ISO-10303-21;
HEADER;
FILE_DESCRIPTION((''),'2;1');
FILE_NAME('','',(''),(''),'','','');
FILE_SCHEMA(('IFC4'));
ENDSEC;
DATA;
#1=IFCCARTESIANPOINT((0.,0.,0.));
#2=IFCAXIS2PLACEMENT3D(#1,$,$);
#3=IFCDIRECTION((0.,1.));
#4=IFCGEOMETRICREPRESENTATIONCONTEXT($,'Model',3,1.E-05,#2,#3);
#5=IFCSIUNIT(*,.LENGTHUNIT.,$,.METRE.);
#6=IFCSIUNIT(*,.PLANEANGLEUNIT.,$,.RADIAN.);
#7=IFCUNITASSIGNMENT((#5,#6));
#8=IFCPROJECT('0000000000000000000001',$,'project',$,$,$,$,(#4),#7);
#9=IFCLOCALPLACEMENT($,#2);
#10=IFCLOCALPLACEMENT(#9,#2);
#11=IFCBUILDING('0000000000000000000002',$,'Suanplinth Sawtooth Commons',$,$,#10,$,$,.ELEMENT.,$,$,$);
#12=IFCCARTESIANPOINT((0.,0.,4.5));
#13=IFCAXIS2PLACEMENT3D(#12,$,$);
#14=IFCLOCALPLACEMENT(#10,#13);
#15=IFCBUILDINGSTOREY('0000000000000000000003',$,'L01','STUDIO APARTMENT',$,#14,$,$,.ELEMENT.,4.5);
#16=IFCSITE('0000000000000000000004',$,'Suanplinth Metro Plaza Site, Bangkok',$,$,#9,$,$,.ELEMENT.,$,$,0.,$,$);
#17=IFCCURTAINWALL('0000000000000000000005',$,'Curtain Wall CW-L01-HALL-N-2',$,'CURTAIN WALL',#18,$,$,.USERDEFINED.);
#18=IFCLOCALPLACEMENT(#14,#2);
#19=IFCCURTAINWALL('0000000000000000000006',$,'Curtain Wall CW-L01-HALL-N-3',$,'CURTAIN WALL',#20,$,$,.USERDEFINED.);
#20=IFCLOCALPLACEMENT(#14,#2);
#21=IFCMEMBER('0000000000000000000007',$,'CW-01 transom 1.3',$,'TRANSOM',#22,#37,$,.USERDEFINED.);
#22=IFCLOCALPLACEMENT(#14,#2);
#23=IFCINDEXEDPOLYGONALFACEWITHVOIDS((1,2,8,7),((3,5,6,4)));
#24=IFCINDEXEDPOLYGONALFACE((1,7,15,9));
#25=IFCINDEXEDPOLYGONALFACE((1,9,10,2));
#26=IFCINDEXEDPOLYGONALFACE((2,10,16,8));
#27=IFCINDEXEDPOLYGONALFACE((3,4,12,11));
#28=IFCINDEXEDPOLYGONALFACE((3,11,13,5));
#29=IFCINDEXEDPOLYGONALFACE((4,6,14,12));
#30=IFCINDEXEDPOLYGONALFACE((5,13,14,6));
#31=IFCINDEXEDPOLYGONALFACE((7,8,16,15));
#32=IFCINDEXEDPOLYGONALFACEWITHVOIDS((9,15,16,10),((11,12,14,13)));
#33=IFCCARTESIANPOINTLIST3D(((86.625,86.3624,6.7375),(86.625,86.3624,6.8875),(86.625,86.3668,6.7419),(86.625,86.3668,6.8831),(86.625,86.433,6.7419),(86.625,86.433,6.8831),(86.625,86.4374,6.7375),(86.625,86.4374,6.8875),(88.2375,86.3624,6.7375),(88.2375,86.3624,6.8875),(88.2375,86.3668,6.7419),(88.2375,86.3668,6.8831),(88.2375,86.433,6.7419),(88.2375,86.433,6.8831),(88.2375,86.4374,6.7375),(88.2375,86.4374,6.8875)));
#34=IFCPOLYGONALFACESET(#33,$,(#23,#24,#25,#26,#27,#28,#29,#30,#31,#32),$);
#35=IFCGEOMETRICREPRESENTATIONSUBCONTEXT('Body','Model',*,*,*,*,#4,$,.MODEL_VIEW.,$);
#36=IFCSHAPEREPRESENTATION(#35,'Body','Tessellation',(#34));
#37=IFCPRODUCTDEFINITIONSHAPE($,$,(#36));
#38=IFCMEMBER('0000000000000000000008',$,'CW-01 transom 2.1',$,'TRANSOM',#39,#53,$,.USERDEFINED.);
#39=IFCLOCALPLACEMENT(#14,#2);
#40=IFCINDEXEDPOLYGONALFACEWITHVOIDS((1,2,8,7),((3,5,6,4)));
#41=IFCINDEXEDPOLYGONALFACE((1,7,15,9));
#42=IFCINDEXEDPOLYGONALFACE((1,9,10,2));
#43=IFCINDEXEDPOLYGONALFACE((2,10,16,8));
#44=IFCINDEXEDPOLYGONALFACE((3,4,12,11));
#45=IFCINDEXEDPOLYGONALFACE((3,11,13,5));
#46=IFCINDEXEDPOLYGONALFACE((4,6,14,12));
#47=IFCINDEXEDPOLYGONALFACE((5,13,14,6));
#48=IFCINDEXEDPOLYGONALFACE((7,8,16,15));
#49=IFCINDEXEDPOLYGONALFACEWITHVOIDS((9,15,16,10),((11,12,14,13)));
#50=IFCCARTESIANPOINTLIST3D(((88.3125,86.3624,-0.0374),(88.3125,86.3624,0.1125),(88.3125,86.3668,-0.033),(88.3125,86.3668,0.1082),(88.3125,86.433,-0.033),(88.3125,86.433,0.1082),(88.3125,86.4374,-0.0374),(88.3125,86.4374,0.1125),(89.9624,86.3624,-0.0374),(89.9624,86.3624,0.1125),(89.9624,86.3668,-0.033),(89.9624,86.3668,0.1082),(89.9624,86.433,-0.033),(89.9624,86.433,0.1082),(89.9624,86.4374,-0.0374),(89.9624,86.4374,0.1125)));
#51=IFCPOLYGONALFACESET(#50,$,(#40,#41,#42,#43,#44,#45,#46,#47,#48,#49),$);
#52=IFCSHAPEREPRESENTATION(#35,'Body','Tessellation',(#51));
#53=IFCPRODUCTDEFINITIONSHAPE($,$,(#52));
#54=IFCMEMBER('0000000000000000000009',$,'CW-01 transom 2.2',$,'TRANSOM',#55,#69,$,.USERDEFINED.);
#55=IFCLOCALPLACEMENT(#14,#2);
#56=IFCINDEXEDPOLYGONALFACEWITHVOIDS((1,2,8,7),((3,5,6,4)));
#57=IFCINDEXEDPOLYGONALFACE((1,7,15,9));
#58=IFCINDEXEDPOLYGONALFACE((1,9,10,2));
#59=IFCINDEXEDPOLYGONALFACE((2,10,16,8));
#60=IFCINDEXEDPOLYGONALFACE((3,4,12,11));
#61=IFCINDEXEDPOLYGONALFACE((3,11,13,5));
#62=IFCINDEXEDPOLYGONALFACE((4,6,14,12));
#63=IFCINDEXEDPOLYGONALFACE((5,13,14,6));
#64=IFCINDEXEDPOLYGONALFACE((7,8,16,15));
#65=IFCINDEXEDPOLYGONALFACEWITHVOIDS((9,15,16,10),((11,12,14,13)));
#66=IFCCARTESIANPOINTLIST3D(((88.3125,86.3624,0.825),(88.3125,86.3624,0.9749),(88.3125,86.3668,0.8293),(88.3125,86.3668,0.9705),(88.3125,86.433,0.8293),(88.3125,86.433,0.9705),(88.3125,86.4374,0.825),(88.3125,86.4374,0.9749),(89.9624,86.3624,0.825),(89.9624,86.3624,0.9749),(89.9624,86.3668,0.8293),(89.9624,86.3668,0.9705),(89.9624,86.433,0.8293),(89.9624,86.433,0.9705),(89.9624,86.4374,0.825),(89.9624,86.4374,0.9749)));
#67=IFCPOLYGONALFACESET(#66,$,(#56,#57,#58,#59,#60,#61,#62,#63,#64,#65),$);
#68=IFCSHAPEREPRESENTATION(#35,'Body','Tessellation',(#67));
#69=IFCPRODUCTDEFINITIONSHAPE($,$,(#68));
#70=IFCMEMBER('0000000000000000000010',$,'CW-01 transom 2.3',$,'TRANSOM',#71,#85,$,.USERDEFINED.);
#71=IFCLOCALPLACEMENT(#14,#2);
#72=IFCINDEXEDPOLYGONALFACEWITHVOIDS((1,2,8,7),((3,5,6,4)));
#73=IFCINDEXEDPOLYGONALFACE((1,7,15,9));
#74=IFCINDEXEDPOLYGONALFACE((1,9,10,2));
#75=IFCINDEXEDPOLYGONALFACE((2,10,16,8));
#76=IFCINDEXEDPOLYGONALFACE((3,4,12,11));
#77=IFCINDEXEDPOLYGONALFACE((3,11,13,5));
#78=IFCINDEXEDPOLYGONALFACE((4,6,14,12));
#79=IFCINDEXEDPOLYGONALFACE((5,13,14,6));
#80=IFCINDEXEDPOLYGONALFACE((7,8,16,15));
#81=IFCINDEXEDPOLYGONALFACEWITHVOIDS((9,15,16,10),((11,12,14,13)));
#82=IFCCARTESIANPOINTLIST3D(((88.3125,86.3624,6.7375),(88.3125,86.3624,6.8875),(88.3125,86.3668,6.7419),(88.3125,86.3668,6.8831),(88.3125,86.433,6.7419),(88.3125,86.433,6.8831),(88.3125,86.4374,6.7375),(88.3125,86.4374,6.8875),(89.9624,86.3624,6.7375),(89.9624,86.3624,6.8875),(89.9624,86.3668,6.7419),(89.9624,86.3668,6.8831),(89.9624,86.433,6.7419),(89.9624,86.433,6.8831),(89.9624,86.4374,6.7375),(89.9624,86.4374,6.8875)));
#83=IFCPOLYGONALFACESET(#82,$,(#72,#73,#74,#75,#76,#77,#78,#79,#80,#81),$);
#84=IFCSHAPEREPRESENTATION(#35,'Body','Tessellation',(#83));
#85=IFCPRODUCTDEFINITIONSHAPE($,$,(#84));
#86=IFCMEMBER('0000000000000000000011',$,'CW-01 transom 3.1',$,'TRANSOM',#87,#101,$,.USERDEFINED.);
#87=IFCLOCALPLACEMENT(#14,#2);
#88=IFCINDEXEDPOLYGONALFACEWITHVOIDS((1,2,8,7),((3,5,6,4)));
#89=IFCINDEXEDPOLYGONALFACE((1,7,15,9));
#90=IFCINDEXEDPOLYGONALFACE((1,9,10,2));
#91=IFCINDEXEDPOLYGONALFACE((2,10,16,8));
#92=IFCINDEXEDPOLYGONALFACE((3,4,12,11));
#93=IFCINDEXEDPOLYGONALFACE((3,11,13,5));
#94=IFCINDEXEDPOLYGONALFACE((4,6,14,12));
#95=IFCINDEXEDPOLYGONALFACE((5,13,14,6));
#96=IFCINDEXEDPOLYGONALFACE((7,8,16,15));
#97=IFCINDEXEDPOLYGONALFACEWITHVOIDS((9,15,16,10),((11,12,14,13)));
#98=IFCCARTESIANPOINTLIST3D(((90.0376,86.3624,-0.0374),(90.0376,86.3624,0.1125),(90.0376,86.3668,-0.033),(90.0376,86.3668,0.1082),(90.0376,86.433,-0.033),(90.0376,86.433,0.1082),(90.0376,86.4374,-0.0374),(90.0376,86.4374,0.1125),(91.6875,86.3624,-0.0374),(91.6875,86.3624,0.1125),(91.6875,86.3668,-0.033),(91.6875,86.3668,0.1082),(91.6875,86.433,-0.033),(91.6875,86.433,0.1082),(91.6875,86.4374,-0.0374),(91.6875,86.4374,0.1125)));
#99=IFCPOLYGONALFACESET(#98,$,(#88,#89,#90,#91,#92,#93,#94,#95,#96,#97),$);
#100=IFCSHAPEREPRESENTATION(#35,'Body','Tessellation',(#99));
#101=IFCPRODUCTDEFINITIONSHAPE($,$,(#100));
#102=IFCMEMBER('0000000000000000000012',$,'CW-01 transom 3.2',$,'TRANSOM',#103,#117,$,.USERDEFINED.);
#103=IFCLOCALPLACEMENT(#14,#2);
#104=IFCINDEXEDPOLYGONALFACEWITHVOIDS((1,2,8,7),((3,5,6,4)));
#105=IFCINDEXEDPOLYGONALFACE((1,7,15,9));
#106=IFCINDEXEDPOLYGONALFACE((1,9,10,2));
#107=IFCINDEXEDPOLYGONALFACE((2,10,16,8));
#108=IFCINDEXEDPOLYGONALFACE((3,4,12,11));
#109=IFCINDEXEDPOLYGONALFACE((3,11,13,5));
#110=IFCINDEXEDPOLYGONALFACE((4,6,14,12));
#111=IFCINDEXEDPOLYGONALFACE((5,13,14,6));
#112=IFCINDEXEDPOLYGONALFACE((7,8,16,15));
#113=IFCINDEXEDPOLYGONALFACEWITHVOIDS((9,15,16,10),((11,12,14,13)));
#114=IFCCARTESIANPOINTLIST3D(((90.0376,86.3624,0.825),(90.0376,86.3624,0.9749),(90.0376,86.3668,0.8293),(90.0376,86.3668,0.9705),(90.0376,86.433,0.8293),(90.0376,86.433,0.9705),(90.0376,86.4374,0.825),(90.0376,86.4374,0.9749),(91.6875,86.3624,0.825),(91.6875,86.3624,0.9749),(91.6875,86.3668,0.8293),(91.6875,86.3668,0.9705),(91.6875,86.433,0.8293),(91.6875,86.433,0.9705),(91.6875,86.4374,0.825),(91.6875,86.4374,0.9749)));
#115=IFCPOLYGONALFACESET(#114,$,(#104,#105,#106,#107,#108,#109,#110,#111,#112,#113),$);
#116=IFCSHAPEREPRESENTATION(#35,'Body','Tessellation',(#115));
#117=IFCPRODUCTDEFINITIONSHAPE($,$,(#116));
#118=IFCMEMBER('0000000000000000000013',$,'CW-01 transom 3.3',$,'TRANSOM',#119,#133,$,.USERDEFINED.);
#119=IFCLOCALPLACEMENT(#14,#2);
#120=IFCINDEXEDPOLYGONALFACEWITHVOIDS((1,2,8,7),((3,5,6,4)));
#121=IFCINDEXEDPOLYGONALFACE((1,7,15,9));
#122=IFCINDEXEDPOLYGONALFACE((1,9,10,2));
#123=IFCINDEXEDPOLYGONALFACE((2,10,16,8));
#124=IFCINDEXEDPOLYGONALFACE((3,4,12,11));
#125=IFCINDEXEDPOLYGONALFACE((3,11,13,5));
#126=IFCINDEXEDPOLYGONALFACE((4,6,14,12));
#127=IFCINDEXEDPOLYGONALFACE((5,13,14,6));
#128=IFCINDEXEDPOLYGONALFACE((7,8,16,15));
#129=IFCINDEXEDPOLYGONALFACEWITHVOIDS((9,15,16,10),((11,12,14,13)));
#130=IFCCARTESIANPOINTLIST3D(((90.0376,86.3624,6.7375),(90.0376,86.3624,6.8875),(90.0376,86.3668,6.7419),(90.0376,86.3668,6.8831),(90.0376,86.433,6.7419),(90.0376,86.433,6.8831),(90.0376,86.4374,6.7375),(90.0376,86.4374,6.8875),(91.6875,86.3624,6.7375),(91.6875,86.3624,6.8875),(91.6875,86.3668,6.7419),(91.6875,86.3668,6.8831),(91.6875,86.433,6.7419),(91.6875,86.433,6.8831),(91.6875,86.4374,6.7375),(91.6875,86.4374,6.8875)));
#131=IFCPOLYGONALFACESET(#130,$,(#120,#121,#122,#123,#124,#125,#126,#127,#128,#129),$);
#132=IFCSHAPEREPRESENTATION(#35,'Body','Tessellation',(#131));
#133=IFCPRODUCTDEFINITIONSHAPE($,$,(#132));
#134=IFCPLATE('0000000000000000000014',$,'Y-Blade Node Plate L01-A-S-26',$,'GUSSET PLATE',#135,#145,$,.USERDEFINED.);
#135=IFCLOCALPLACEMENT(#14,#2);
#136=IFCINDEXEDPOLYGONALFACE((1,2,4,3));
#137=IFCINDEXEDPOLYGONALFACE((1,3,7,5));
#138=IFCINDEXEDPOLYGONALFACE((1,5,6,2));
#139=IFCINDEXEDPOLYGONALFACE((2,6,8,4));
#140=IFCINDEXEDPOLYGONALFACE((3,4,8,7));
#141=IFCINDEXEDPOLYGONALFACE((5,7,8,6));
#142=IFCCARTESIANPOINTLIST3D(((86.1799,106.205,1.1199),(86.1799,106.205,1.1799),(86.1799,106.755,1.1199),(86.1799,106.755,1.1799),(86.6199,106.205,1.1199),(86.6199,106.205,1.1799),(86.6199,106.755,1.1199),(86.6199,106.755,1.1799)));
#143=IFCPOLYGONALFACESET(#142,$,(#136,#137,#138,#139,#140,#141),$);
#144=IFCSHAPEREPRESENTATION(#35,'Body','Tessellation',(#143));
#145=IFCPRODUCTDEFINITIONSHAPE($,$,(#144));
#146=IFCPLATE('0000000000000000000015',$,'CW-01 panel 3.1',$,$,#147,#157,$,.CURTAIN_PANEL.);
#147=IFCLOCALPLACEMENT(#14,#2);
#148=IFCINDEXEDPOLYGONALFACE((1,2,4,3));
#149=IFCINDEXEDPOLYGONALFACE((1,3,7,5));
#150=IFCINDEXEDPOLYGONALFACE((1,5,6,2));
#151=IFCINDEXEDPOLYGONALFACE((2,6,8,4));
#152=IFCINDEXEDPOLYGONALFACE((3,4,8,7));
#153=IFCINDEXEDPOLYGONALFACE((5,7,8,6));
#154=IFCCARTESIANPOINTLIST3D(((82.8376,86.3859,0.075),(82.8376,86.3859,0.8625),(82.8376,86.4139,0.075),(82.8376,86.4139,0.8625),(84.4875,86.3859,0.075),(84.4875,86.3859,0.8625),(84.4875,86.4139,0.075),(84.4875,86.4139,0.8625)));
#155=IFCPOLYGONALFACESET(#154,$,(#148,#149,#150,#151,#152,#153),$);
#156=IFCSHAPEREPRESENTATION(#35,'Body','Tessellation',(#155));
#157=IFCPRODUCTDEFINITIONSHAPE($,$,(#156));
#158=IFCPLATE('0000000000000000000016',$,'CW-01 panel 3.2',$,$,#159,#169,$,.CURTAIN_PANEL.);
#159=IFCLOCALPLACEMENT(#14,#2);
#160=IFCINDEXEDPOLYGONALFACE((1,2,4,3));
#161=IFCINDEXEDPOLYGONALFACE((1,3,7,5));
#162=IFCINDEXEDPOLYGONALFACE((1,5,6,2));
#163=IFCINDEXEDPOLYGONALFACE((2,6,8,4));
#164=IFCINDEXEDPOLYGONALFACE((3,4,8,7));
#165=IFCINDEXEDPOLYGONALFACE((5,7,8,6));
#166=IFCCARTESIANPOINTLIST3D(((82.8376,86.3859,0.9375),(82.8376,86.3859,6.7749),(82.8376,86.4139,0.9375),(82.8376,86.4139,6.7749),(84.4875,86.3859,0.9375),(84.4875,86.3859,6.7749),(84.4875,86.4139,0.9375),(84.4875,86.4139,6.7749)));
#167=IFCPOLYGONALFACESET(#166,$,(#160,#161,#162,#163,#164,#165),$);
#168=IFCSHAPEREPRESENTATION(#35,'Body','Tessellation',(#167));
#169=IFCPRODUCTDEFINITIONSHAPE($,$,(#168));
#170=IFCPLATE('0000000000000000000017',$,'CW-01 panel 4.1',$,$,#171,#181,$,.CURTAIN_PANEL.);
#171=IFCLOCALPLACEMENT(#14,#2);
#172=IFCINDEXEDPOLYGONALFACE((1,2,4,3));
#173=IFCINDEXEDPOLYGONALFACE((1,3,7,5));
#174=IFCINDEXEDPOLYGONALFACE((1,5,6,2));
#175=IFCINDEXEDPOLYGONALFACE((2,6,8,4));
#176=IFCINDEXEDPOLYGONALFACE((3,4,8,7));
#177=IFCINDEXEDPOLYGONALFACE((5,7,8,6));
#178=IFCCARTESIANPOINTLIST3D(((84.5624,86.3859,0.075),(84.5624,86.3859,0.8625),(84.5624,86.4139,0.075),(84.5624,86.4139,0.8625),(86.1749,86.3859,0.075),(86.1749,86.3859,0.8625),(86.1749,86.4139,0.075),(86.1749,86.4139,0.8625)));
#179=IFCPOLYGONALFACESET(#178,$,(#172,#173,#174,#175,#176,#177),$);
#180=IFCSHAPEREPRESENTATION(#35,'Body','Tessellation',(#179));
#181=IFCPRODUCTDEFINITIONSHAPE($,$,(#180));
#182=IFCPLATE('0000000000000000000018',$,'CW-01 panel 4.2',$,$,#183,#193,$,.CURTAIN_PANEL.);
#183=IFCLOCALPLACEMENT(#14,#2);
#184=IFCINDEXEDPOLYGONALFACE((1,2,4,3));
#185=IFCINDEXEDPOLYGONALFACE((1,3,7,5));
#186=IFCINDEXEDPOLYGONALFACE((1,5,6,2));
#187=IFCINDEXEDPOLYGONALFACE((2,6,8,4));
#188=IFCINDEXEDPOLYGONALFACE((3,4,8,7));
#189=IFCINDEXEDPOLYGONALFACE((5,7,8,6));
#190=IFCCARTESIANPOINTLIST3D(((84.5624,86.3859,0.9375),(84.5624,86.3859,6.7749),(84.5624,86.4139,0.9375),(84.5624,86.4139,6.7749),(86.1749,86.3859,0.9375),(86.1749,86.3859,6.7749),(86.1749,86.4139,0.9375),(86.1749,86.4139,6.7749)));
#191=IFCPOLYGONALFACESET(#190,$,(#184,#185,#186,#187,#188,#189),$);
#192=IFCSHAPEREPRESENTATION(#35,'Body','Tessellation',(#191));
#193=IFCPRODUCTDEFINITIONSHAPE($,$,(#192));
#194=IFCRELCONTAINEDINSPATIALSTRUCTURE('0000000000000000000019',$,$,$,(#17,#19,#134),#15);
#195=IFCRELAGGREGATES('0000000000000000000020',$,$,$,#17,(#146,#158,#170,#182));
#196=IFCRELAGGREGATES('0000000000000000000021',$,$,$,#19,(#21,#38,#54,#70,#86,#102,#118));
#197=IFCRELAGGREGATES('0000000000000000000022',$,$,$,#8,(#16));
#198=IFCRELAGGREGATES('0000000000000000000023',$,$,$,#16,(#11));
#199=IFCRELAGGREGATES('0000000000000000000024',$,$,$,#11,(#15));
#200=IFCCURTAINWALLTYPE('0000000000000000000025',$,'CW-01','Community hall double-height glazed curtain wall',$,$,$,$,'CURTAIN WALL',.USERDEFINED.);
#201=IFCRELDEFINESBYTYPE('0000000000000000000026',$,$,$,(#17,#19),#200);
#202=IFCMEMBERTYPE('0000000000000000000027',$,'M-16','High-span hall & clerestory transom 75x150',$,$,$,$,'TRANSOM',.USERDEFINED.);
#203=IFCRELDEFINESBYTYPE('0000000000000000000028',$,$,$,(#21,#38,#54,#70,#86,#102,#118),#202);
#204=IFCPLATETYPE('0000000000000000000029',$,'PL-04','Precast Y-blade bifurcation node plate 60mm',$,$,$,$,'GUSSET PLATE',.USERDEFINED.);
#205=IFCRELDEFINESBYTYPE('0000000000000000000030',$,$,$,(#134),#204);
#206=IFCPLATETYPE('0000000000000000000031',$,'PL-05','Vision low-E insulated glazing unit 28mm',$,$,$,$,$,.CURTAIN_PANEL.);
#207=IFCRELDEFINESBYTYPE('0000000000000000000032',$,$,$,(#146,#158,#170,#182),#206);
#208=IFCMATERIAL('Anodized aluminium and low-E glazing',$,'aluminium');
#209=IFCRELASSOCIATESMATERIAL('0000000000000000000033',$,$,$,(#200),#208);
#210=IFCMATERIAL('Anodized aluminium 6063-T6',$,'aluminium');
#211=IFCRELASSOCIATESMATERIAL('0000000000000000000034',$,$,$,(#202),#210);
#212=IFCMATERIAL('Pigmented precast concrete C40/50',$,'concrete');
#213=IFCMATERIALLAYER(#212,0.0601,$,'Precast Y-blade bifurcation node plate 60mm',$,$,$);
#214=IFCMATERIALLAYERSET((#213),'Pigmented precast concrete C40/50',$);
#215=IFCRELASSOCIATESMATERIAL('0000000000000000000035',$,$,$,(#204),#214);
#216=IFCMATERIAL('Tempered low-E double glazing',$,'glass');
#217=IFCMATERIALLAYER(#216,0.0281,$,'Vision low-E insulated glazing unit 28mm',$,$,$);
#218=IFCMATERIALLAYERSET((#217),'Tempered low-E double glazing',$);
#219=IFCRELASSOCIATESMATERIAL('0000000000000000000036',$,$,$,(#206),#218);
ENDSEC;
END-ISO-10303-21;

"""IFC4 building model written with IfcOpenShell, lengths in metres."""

from ifc_helpers import new_model, si_unit, direction, frame, origin, origin_2d, place, context, subcontext, project, spatial, rectangle, hollow_rectangle, extrude, material, layer, layer_set, material_profile, profile_set, type_object, element, aggregate, save


model = new_model("IFC4")

# Units and contexts
model_context = context("Model", 3, precision=1e-05, world=origin(), true_north=direction((0.0, 1.0)))
body_context = subcontext(model_context, "Body", "Model", "MODEL_VIEW")
ifc_project = project(units=[si_unit("LENGTHUNIT", "METRE"), si_unit("PLANEANGLEUNIT", "RADIAN")], contexts=[model_context])

# Site, building, storey
site_placement = place(None, origin())
site = spatial("IfcSite", under=ifc_project, at=site_placement, Name="Suanplinth Metro Plaza Site, Bangkok", CompositionType="ELEMENT", RefElevation=0.0)
building_placement = place(site_placement, origin())
building = spatial("IfcBuilding", under=site, at=building_placement, Name="Suanplinth Sawtooth Commons", CompositionType="ELEMENT")
storey_placement = place(building_placement, frame((0.0, 0.0, 4.5)))
storey = spatial("IfcBuildingStorey", under=building, at=storey_placement, Name="L01", Description="STUDIO APARTMENT", CompositionType="ELEMENT", Elevation=4.5)

# Shared definitions
ifc_material_1 = material(Name="Pigmented precast concrete C40/50", Category="concrete")

# Curtain walls
ifc_material_2 = material(Name="Anodized aluminium and low-E glazing", Category="aluminium")
curtain_wall_type = type_object("IfcCurtainWallType", Name="CW-01", Description="Community hall double-height glazed curtain wall", ElementType="CURTAIN WALL", PredefinedType="USERDEFINED", material=ifc_material_2)
curtain_wall_1_placement = place(storey_placement, origin())
curtain_wall_1 = element("IfcCurtainWall", 1, at=curtain_wall_1_placement, inside=storey, type_object=curtain_wall_type, Name="Curtain Wall CW-L01-HALL-N-2", ObjectType="CURTAIN WALL", PredefinedType="USERDEFINED")
ifc_material_3 = material(Name="Anodized aluminium 6063-T6", Category="aluminium")
curtain_wall_2_placement = place(storey_placement, origin())
curtain_wall_2 = element("IfcCurtainWall", 2, at=curtain_wall_2_placement, inside=storey, type_object=curtain_wall_type, Name="Curtain Wall CW-L01-HALL-N-3", ObjectType="CURTAIN WALL", PredefinedType="USERDEFINED")

# Members
ifc_material_profile_1 = material_profile(ifc_material_3, hollow_rectangle(XDim=0.075, YDim=0.1499, WallThickness=0.0044, at=origin_2d()), Name="ALU-TRN 75x150")
ifc_profile_set_1 = profile_set([ifc_material_profile_1], Name="Anodized aluminium 6063-T6")
member_type_1 = type_object("IfcMemberType", Name="M-16", Description="High-span hall & clerestory transom 75x150", ElementType="TRANSOM", PredefinedType="USERDEFINED", material=ifc_profile_set_1)
member_1_placement = place(storey_placement, frame((86.625, 86.3999, 6.8125), z_axis=(1.0, 0.0, 0.0), x_axis=(0.0, 1.0, 0.0)))
member_1 = element("IfcMember", 3, at=member_1_placement, type_object=member_type_1, Name="CW-01 transom 1.3", ObjectType="TRANSOM", PredefinedType="USERDEFINED", context=body_context, shape_type="SweptSolid", body=[
    extrude(hollow_rectangle(XDim=0.075, YDim=0.1499, WallThickness=0.0044, at=origin_2d()), origin(), (0.0, 0.0, 1.0), 1.6125),
])
member_2_placement = place(storey_placement, frame((88.3125, 86.3999, 0.0376), z_axis=(1.0, 0.0, 0.0), x_axis=(0.0, 1.0, 0.0)))
member_2 = element("IfcMember", 4, at=member_2_placement, type_object=member_type_1, Name="CW-01 transom 2.1", ObjectType="TRANSOM", PredefinedType="USERDEFINED", context=body_context, shape_type="SweptSolid", body=[
    extrude(hollow_rectangle(XDim=0.075, YDim=0.1499, WallThickness=0.0044, at=origin_2d()), origin(), (0.0, 0.0, 1.0), 1.6499),
])
member_3_placement = place(storey_placement, frame((88.3125, 86.3999, 0.8999), z_axis=(1.0, 0.0, 0.0), x_axis=(0.0, 1.0, 0.0)))
member_3 = element("IfcMember", 5, at=member_3_placement, type_object=member_type_1, Name="CW-01 transom 2.2", ObjectType="TRANSOM", PredefinedType="USERDEFINED", context=body_context, shape_type="SweptSolid", body=[
    extrude(hollow_rectangle(XDim=0.075, YDim=0.1499, WallThickness=0.0044, at=origin_2d()), origin(), (0.0, 0.0, 1.0), 1.6499),
])
member_4_placement = place(storey_placement, frame((88.3125, 86.3999, 6.8125), z_axis=(1.0, 0.0, 0.0), x_axis=(0.0, 1.0, 0.0)))
member_4 = element("IfcMember", 6, at=member_4_placement, type_object=member_type_1, Name="CW-01 transom 2.3", ObjectType="TRANSOM", PredefinedType="USERDEFINED", context=body_context, shape_type="SweptSolid", body=[
    extrude(hollow_rectangle(XDim=0.075, YDim=0.1499, WallThickness=0.0044, at=origin_2d()), origin(), (0.0, 0.0, 1.0), 1.6499),
])
member_5_placement = place(storey_placement, frame((90.0376, 86.3999, 0.0376), z_axis=(1.0, 0.0, 0.0), x_axis=(0.0, 1.0, 0.0)))
member_5 = element("IfcMember", 7, at=member_5_placement, type_object=member_type_1, Name="CW-01 transom 3.1", ObjectType="TRANSOM", PredefinedType="USERDEFINED", context=body_context, shape_type="SweptSolid", body=[
    extrude(hollow_rectangle(XDim=0.075, YDim=0.1499, WallThickness=0.0044, at=origin_2d()), origin(), (0.0, 0.0, 1.0), 1.6499),
])
member_6_placement = place(storey_placement, frame((90.0376, 86.3999, 0.8999), z_axis=(1.0, 0.0, 0.0), x_axis=(0.0, 1.0, 0.0)))
member_6 = element("IfcMember", 8, at=member_6_placement, type_object=member_type_1, Name="CW-01 transom 3.2", ObjectType="TRANSOM", PredefinedType="USERDEFINED", context=body_context, shape_type="SweptSolid", body=[
    extrude(hollow_rectangle(XDim=0.075, YDim=0.1499, WallThickness=0.0044, at=origin_2d()), origin(), (0.0, 0.0, 1.0), 1.6499),
])
member_7_placement = place(storey_placement, frame((90.0376, 86.3999, 6.8125), z_axis=(1.0, 0.0, 0.0), x_axis=(0.0, 1.0, 0.0)))
member_7 = element("IfcMember", 9, at=member_7_placement, type_object=member_type_1, Name="CW-01 transom 3.3", ObjectType="TRANSOM", PredefinedType="USERDEFINED", context=body_context, shape_type="SweptSolid", body=[
    extrude(hollow_rectangle(XDim=0.075, YDim=0.1499, WallThickness=0.0044, at=origin_2d()), origin(), (0.0, 0.0, 1.0), 1.6499),
])

# Plates
ifc_layer_1 = layer(ifc_material_1, 0.0601, Name="Precast Y-blade bifurcation node plate 60mm")
ifc_layer_set_1 = layer_set([ifc_layer_1], Name="Pigmented precast concrete C40/50")
plate_type_1 = type_object("IfcPlateType", Name="PL-04", Description="Precast Y-blade bifurcation node plate 60mm", ElementType="GUSSET PLATE", PredefinedType="USERDEFINED", material=ifc_layer_set_1)
plate_1_placement = place(storey_placement, frame((86.3999, 106.48, 1.1199), z_axis=(0.0, 0.0, 1.0), x_axis=(1.0, 0.0, 0.0)))
element("IfcPlate", 10, at=plate_1_placement, inside=storey, type_object=plate_type_1, Name="Y-Blade Node Plate L01-A-S-26", ObjectType="GUSSET PLATE", PredefinedType="USERDEFINED", context=body_context, shape_type="SweptSolid", body=[
    extrude(rectangle(XDim=0.4399, YDim=0.55, at=origin_2d()), origin(), (0.0, 0.0, 1.0), 0.0601),
])
ifc_material_4 = material(Name="Tempered low-E double glazing", Category="glass")
ifc_layer_2 = layer(ifc_material_4, 0.0281, Name="Vision low-E insulated glazing unit 28mm")
ifc_layer_set_2 = layer_set([ifc_layer_2], Name="Tempered low-E double glazing")
plate_type_2 = type_object("IfcPlateType", Name="PL-05", Description="Vision low-E insulated glazing unit 28mm", PredefinedType="CURTAIN_PANEL", material=ifc_layer_set_2)
plate_2_placement = place(storey_placement, frame((83.6626, 86.3999, 0.075), z_axis=(0.0, 0.0, 1.0), x_axis=(1.0, 0.0, 0.0)))
plate_2 = element("IfcPlate", 11, at=plate_2_placement, type_object=plate_type_2, Name="CW-01 panel 3.1", PredefinedType="CURTAIN_PANEL", context=body_context, shape_type="SweptSolid", body=[
    extrude(rectangle(XDim=1.6499, YDim=0.0281, at=origin_2d()), origin(), (0.0, 0.0, 1.0), 0.7876),
])
plate_3_placement = place(storey_placement, frame((83.6626, 86.3999, 0.9375), z_axis=(0.0, 0.0, 1.0), x_axis=(1.0, 0.0, 0.0)))
plate_3 = element("IfcPlate", 12, at=plate_3_placement, type_object=plate_type_2, Name="CW-01 panel 3.2", PredefinedType="CURTAIN_PANEL", context=body_context, shape_type="SweptSolid", body=[
    extrude(rectangle(XDim=1.6499, YDim=0.0281, at=origin_2d()), origin(), (0.0, 0.0, 1.0), 5.8374),
])
plate_4_placement = place(storey_placement, frame((85.3687, 86.3999, 0.075), z_axis=(0.0, 0.0, 1.0), x_axis=(1.0, 0.0, 0.0)))
plate_4 = element("IfcPlate", 13, at=plate_4_placement, type_object=plate_type_2, Name="CW-01 panel 4.1", PredefinedType="CURTAIN_PANEL", context=body_context, shape_type="SweptSolid", body=[
    extrude(rectangle(XDim=1.6125, YDim=0.0281, at=origin_2d()), origin(), (0.0, 0.0, 1.0), 0.7876),
])
plate_5_placement = place(storey_placement, frame((85.3687, 86.3999, 0.9375), z_axis=(0.0, 0.0, 1.0), x_axis=(1.0, 0.0, 0.0)))
plate_5 = element("IfcPlate", 14, at=plate_5_placement, type_object=plate_type_2, Name="CW-01 panel 4.2", PredefinedType="CURTAIN_PANEL", context=body_context, shape_type="SweptSolid", body=[
    extrude(rectangle(XDim=1.6125, YDim=0.0281, at=origin_2d()), origin(), (0.0, 0.0, 1.0), 5.8374),
])
aggregate(curtain_wall_1, [plate_2, plate_3, plate_4, plate_5])
aggregate(curtain_wall_2, [member_1, member_2, member_3, member_4, member_5, member_6, member_7])

save(model, "model.ifc")
